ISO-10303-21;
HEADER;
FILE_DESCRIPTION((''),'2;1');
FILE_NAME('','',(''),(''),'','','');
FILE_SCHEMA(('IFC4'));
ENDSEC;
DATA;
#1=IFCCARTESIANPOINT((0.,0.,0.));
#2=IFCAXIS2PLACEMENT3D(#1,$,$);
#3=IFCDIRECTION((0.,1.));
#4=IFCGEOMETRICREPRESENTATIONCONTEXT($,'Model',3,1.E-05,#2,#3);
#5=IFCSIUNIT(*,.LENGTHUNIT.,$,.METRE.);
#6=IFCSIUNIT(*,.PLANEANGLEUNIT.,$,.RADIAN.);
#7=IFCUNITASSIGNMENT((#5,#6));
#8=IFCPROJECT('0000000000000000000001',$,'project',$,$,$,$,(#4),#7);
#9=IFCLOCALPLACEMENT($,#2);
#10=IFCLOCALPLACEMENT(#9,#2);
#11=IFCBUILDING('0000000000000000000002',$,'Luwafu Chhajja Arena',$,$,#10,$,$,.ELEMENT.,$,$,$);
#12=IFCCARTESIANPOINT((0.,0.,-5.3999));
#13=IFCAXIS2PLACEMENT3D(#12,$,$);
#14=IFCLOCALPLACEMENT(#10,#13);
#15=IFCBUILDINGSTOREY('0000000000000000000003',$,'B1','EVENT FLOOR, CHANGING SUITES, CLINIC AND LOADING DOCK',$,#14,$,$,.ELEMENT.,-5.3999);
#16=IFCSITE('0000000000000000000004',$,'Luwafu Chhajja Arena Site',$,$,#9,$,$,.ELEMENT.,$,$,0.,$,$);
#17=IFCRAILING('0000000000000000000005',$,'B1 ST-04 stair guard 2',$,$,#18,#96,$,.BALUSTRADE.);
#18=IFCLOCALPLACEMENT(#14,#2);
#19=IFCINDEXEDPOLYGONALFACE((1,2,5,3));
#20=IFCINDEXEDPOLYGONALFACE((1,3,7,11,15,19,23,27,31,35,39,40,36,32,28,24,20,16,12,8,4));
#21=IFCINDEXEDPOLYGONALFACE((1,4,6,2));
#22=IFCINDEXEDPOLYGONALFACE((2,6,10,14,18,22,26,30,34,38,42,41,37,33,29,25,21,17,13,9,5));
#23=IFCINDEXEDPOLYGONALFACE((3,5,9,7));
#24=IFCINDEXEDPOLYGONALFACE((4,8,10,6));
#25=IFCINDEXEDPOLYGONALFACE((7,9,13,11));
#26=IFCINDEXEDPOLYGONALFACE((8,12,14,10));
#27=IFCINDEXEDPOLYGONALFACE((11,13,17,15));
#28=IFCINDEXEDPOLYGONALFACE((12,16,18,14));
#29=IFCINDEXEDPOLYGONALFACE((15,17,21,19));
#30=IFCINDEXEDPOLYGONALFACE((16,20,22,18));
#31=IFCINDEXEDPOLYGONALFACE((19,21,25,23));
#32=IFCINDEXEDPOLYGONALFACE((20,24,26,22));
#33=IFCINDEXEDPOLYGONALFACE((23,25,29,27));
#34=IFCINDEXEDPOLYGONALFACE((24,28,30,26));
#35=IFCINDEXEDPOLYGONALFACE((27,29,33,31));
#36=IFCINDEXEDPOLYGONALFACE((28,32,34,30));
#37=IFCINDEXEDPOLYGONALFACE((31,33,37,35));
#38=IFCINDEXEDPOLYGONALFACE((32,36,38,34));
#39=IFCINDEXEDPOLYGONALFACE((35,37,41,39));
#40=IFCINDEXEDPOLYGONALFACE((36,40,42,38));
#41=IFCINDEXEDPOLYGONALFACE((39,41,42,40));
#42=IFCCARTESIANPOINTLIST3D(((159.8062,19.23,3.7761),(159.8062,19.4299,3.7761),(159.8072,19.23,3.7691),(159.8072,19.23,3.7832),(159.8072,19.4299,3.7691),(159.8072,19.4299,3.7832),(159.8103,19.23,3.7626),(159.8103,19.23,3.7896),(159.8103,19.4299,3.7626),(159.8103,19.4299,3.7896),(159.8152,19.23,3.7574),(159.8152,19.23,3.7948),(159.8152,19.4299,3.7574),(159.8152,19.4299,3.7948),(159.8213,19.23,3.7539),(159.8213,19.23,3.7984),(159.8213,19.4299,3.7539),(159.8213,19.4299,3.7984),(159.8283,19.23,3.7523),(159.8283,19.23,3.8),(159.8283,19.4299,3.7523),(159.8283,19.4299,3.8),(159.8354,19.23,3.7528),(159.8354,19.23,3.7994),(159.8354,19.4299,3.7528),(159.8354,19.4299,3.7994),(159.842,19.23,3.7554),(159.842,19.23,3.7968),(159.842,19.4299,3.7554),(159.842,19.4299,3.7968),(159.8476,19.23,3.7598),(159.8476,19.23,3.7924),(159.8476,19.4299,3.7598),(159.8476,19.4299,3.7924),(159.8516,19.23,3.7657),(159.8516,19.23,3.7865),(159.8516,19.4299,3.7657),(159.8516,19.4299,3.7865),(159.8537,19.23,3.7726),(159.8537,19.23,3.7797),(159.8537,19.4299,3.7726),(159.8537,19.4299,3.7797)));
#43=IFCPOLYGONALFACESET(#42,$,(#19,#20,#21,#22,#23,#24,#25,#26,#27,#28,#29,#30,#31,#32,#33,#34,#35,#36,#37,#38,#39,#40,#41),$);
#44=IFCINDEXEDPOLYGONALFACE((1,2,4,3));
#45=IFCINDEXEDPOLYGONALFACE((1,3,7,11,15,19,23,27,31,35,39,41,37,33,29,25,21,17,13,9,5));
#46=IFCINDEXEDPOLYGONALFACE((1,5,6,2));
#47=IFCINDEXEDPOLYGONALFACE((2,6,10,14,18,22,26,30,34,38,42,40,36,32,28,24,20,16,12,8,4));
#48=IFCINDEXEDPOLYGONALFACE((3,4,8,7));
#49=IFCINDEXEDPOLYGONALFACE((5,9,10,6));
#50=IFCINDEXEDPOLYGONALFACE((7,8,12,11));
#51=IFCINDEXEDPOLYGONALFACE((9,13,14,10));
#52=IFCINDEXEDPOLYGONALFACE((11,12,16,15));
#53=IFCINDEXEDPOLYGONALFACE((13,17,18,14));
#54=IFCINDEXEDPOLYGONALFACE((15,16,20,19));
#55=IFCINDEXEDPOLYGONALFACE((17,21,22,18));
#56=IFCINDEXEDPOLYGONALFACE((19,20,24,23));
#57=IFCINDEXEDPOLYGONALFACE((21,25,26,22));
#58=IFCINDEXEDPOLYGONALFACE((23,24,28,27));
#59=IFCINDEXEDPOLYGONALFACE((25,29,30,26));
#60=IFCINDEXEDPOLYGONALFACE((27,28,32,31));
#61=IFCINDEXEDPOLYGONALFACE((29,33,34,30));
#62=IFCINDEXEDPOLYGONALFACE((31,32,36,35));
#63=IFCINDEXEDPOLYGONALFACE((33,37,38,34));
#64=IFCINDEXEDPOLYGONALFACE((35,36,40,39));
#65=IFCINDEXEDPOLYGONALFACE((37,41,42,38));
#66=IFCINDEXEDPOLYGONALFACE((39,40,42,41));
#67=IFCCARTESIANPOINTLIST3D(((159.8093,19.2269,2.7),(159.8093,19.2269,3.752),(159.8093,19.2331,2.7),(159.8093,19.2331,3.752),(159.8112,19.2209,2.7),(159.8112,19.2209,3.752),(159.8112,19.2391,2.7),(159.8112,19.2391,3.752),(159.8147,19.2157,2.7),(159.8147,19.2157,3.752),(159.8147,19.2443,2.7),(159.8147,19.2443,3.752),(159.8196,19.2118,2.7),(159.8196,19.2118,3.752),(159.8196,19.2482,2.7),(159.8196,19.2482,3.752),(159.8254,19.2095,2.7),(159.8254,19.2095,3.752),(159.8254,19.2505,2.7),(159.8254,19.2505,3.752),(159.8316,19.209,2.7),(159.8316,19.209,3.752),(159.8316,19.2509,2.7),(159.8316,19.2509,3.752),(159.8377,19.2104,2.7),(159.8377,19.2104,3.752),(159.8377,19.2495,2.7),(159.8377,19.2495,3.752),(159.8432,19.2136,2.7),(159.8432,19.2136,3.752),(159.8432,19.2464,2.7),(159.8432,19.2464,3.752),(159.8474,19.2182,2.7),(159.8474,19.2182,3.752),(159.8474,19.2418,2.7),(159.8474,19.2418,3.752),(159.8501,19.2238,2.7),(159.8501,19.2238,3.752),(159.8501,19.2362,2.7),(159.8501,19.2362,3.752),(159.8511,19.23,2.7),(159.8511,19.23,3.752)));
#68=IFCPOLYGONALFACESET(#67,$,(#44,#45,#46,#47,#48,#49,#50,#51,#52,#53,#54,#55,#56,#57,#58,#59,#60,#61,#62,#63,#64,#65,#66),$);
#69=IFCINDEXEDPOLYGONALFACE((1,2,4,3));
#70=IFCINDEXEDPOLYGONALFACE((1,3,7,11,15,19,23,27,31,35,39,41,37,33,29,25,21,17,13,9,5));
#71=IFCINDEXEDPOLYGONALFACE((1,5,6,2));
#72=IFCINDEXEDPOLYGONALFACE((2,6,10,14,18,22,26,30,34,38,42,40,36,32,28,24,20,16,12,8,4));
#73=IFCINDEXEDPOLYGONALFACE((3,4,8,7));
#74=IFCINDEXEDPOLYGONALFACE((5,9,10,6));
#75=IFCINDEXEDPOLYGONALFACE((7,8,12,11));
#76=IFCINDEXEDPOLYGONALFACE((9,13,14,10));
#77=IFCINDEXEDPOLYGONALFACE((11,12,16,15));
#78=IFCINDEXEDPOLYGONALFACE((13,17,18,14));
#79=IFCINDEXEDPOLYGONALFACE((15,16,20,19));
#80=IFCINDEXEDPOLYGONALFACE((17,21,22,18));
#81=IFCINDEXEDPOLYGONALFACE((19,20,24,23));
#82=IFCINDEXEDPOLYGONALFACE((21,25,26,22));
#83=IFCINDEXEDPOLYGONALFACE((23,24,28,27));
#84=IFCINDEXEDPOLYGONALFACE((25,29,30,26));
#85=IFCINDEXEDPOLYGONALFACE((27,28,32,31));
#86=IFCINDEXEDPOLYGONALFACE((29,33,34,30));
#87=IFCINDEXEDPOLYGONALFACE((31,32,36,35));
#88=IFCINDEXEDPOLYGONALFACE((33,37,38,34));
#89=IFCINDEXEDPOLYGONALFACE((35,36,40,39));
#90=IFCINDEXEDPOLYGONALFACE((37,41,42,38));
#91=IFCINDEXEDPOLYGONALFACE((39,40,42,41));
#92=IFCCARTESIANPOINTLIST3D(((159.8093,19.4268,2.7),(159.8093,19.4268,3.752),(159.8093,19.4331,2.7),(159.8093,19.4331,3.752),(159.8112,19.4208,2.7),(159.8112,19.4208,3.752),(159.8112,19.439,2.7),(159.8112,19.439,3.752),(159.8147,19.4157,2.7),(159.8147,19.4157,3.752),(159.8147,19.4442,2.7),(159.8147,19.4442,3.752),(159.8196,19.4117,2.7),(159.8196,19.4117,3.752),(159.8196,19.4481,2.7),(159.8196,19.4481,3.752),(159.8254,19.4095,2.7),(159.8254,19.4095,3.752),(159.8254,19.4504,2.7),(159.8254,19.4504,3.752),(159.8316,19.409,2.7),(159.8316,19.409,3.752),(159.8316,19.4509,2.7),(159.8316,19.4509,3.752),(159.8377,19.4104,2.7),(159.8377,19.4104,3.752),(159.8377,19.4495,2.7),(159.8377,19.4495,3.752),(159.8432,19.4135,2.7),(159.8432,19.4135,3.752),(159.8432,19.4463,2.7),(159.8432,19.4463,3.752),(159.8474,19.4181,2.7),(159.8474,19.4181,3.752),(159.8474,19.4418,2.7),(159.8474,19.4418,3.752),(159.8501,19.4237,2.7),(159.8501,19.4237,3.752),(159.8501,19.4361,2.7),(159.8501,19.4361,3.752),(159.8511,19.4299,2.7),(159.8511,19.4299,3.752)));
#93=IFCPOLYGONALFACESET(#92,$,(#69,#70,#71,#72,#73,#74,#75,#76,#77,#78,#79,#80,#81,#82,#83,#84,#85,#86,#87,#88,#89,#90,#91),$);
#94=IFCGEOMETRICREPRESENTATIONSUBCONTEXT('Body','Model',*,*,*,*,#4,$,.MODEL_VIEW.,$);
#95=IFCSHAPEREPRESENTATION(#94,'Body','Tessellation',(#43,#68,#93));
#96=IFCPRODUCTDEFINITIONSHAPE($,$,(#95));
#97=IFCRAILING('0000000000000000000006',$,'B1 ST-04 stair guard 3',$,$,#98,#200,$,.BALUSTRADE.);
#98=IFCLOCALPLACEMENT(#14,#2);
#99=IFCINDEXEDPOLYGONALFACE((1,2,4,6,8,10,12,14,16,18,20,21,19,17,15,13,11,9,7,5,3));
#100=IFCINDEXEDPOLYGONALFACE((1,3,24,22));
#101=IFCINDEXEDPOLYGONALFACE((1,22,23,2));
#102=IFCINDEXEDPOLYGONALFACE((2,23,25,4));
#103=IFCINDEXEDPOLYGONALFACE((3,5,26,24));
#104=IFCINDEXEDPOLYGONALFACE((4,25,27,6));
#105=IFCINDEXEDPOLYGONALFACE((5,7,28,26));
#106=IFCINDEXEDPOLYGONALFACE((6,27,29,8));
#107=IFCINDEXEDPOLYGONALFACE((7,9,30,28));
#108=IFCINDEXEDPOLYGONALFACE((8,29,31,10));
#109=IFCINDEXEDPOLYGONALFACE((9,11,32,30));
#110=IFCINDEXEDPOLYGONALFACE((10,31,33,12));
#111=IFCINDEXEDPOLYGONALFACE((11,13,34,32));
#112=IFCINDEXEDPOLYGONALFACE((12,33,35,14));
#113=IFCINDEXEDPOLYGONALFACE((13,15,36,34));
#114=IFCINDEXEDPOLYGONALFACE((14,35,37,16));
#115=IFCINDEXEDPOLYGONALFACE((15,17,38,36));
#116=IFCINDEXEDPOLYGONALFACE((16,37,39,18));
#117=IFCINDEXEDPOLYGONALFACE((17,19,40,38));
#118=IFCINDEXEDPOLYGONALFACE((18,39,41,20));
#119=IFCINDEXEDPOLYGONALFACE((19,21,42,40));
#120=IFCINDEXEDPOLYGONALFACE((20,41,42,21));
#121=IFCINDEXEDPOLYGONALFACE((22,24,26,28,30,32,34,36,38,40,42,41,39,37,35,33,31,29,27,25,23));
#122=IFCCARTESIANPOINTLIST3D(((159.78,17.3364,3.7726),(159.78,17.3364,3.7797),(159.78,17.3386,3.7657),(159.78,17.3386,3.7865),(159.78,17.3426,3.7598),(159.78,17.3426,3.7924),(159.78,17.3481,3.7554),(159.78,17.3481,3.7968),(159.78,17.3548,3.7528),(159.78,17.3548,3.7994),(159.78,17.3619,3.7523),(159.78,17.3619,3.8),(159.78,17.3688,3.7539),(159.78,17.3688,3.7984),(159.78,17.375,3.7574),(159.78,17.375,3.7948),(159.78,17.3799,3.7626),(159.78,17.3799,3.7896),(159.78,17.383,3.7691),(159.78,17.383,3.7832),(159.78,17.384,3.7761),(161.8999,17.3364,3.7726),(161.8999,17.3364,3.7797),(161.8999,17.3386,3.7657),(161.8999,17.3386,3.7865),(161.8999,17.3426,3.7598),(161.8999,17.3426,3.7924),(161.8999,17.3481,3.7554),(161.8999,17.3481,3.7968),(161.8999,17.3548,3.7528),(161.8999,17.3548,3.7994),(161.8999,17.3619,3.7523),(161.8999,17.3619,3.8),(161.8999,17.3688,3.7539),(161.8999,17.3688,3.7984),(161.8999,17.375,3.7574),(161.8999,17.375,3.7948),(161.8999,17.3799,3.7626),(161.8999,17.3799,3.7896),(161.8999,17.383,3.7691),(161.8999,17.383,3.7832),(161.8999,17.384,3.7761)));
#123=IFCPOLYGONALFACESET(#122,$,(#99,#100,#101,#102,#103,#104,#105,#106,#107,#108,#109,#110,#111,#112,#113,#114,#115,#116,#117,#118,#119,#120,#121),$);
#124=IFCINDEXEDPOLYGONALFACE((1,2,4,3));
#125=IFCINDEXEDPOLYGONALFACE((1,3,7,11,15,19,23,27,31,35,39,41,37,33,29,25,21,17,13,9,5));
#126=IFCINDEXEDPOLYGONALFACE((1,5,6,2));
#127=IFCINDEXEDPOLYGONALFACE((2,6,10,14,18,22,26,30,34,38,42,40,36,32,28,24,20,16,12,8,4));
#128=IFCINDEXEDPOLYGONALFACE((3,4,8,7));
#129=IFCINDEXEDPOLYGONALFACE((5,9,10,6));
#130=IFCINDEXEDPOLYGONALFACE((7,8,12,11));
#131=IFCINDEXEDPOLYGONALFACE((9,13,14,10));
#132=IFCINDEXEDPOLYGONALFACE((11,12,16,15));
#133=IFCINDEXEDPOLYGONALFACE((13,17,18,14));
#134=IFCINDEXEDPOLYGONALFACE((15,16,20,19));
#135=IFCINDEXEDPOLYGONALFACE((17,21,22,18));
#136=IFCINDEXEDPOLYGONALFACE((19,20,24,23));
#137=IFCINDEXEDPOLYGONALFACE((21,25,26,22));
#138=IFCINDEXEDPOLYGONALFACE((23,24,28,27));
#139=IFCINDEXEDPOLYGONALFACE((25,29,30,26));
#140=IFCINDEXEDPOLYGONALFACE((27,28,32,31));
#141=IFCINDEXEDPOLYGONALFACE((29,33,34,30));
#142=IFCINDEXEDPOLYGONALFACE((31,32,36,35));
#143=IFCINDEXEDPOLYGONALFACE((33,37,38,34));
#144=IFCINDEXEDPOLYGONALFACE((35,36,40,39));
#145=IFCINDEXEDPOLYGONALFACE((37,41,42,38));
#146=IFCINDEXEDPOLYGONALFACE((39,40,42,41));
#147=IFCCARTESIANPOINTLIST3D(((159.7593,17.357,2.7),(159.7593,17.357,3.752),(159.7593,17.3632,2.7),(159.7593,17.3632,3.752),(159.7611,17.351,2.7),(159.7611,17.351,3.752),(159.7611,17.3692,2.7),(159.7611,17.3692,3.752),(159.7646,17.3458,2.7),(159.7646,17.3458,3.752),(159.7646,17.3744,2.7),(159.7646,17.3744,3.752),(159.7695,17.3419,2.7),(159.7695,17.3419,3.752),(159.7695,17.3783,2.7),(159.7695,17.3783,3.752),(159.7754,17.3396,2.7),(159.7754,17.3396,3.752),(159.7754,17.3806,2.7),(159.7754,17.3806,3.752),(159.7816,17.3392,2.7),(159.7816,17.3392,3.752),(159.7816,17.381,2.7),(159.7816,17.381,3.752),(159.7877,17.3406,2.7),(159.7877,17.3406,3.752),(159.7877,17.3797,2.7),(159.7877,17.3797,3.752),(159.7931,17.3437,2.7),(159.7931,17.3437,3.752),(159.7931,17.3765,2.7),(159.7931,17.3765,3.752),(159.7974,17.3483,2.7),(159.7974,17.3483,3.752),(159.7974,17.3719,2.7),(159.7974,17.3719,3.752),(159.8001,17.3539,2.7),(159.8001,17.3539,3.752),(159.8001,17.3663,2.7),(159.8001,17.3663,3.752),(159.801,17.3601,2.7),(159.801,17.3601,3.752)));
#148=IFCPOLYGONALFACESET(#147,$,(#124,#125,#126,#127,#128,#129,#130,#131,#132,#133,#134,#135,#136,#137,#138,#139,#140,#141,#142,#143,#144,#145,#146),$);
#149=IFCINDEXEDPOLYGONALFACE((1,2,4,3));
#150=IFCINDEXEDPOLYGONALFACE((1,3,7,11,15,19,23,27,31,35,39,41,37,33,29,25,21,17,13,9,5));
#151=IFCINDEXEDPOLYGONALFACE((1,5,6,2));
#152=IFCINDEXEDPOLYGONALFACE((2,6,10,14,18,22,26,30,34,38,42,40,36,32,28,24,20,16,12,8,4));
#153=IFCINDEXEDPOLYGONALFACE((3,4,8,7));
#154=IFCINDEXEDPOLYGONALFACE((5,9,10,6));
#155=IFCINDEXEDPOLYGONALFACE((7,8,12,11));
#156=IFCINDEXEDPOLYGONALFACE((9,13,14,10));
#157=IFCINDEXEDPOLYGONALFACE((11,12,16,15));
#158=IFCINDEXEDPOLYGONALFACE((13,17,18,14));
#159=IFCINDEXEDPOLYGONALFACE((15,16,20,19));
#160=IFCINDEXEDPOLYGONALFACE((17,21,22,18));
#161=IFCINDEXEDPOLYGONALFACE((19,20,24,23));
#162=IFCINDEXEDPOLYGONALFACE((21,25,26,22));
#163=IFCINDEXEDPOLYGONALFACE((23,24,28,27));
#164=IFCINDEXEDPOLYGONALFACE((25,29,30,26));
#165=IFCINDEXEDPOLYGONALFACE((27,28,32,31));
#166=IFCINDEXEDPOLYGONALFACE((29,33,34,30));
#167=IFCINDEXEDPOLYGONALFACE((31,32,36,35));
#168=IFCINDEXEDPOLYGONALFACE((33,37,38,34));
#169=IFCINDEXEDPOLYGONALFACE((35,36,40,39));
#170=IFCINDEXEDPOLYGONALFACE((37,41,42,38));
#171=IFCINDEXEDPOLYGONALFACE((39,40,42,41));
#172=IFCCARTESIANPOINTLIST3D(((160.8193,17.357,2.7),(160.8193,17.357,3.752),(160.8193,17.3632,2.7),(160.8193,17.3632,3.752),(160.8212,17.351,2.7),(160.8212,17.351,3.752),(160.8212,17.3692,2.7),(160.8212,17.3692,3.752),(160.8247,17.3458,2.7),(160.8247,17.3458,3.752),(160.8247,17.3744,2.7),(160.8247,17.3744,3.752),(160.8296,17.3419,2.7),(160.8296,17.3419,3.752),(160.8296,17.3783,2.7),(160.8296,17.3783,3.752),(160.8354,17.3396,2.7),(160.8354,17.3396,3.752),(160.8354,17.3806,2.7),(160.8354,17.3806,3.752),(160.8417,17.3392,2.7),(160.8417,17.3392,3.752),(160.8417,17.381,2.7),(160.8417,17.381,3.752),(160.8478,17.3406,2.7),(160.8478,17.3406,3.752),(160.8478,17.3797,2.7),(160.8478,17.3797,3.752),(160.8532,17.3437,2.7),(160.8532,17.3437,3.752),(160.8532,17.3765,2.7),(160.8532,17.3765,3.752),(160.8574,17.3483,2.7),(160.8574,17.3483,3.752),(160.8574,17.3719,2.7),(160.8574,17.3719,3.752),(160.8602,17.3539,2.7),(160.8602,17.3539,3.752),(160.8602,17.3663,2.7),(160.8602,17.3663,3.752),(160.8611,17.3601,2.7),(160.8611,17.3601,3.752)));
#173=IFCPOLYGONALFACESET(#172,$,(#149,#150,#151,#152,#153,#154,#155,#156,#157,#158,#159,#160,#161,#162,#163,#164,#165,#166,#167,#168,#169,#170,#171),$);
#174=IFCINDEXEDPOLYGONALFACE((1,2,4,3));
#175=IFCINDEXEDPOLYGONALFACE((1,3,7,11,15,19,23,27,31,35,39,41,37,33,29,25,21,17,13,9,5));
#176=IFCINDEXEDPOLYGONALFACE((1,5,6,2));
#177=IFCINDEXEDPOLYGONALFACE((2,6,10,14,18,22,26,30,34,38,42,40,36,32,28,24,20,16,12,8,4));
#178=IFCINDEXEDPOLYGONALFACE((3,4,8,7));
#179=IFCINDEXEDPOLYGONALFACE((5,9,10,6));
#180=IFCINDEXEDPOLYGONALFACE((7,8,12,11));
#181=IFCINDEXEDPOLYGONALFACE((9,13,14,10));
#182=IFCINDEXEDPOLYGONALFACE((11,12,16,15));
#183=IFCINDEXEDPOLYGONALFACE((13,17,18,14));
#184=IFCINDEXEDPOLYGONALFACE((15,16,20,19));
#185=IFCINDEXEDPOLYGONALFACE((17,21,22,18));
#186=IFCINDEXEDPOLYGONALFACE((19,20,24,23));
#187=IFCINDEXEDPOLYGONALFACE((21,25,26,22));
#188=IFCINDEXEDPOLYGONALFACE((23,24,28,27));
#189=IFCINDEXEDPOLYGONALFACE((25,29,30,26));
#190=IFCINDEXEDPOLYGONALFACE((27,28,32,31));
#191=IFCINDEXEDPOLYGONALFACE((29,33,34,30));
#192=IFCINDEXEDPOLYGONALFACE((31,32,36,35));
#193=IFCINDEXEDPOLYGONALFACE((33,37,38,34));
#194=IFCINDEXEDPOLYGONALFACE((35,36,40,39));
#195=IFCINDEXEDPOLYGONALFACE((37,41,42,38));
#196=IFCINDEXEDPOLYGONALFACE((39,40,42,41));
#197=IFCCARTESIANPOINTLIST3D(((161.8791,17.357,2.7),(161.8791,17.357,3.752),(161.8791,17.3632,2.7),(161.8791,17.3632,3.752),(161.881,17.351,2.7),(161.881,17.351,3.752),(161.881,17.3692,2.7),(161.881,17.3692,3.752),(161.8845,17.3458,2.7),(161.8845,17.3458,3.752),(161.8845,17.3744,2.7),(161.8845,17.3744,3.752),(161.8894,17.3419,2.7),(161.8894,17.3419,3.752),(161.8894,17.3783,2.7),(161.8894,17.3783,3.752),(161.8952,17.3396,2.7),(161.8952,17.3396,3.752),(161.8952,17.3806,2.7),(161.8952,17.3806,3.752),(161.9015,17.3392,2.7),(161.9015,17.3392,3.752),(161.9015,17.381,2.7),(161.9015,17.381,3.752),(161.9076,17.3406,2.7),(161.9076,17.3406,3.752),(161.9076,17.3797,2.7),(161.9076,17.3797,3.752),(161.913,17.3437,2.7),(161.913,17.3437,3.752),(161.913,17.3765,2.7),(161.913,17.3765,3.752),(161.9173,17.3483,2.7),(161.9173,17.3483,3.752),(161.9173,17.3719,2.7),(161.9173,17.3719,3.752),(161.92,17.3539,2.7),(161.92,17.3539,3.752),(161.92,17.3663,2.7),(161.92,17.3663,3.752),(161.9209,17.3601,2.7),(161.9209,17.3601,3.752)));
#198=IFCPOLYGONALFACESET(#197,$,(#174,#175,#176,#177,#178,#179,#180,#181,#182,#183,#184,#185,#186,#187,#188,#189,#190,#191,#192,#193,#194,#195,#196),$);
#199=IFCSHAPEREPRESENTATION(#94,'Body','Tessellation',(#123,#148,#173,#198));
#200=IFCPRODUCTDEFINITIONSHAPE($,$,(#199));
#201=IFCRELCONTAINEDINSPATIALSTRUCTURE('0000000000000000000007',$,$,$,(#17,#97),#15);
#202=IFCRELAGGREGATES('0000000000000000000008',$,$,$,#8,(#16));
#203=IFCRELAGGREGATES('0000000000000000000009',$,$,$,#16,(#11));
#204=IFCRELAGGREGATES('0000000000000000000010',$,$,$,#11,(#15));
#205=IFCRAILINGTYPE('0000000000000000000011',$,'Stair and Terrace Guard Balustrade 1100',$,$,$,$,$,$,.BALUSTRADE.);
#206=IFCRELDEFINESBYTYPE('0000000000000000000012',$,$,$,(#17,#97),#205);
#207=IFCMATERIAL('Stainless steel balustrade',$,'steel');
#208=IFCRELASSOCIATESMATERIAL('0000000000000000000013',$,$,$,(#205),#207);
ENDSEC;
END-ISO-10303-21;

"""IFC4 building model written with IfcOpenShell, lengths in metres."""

from ifc_helpers import new_model, si_unit, direction, frame, origin, origin_2d, place, context, subcontext, project, spatial, circle, extrude, material, type_object, element, save


model = new_model("IFC4")

# Units and contexts
model_context = context("Model", 3, precision=1e-05, world=origin(), true_north=direction((0.0, 1.0)))
body_context = subcontext(model_context, "Body", "Model", "MODEL_VIEW")
ifc_project = project(units=[si_unit("LENGTHUNIT", "METRE"), si_unit("PLANEANGLEUNIT", "RADIAN")], contexts=[model_context])

# Site, building, storey
site_placement = place(None, origin())
site = spatial("IfcSite", under=ifc_project, at=site_placement, Name="Luwafu Chhajja Arena Site", CompositionType="ELEMENT", RefElevation=0.0)
building_placement = place(site_placement, origin())
building = spatial("IfcBuilding", under=site, at=building_placement, Name="Luwafu Chhajja Arena", CompositionType="ELEMENT")
storey_placement = place(building_placement, frame((0.0, 0.0, -5.3999)))
storey = spatial("IfcBuildingStorey", under=building, at=storey_placement, Name="B1", Description="EVENT FLOOR, CHANGING SUITES, CLINIC AND LOADING DOCK", CompositionType="ELEMENT", Elevation=-5.3999)

# Railings
ifc_material_1 = material(Name="Stainless steel balustrade", Category="steel")
railing_type_1 = type_object("IfcRailingType", Name="Stair and Terrace Guard Balustrade 1100", PredefinedType="BALUSTRADE", material=ifc_material_1)
railing_1_placement = place(storey_placement, frame((159.8301, 19.23, 2.7)))
element("IfcRailing", 1, at=railing_1_placement, inside=storey, type_object=railing_type_1, Name="B1 ST-04 stair guard 2", PredefinedType="BALUSTRADE", context=body_context, shape_type="SweptSolid", body=[
    extrude(circle(Radius=0.0239, at=origin_2d()), frame((0.0, 0.0, 1.0762), z_axis=(0.0, 1.0, 0.0), x_axis=(-1.0, 0.0, 0.0)), (0.0, 0.0, 1.0), 0.2),
    extrude(circle(Radius=0.021, at=origin_2d()), origin(), (0.0, 0.0, 1.0), 1.052),
    extrude(circle(Radius=0.021, at=origin_2d()), frame((0.0, 0.2, 0.0)), (0.0, 0.0, 1.0), 1.052),
])
for number, where, name in (
    (2, (159.78, 17.3601, 2.7), "B1 ST-04 stair guard 3"),
):
    element("IfcRailing", number, at=place(storey_placement, frame(where)), inside=storey, type_object=railing_type_1, Name=name, PredefinedType="BALUSTRADE", context=body_context, shape_type="SweptSolid", body=[
        extrude(circle(Radius=0.0239, at=origin_2d()), frame((0.0, 0.0, 1.0762), z_axis=(1.0, 0.0, 0.0), x_axis=(0.0, 1.0, 0.0)), (0.0, 0.0, 1.0), 2.1199),
        extrude(circle(Radius=0.021, at=origin_2d()), origin(), (0.0, 0.0, 1.0), 1.052),
        extrude(circle(Radius=0.021, at=origin_2d()), frame((1.0601, 0.0, 0.0)), (0.0, 0.0, 1.0), 1.052),
        extrude(circle(Radius=0.021, at=origin_2d()), frame((2.1199, 0.0, 0.0)), (0.0, 0.0, 1.0), 1.052),
    ])

save(model, "model.ifc")
